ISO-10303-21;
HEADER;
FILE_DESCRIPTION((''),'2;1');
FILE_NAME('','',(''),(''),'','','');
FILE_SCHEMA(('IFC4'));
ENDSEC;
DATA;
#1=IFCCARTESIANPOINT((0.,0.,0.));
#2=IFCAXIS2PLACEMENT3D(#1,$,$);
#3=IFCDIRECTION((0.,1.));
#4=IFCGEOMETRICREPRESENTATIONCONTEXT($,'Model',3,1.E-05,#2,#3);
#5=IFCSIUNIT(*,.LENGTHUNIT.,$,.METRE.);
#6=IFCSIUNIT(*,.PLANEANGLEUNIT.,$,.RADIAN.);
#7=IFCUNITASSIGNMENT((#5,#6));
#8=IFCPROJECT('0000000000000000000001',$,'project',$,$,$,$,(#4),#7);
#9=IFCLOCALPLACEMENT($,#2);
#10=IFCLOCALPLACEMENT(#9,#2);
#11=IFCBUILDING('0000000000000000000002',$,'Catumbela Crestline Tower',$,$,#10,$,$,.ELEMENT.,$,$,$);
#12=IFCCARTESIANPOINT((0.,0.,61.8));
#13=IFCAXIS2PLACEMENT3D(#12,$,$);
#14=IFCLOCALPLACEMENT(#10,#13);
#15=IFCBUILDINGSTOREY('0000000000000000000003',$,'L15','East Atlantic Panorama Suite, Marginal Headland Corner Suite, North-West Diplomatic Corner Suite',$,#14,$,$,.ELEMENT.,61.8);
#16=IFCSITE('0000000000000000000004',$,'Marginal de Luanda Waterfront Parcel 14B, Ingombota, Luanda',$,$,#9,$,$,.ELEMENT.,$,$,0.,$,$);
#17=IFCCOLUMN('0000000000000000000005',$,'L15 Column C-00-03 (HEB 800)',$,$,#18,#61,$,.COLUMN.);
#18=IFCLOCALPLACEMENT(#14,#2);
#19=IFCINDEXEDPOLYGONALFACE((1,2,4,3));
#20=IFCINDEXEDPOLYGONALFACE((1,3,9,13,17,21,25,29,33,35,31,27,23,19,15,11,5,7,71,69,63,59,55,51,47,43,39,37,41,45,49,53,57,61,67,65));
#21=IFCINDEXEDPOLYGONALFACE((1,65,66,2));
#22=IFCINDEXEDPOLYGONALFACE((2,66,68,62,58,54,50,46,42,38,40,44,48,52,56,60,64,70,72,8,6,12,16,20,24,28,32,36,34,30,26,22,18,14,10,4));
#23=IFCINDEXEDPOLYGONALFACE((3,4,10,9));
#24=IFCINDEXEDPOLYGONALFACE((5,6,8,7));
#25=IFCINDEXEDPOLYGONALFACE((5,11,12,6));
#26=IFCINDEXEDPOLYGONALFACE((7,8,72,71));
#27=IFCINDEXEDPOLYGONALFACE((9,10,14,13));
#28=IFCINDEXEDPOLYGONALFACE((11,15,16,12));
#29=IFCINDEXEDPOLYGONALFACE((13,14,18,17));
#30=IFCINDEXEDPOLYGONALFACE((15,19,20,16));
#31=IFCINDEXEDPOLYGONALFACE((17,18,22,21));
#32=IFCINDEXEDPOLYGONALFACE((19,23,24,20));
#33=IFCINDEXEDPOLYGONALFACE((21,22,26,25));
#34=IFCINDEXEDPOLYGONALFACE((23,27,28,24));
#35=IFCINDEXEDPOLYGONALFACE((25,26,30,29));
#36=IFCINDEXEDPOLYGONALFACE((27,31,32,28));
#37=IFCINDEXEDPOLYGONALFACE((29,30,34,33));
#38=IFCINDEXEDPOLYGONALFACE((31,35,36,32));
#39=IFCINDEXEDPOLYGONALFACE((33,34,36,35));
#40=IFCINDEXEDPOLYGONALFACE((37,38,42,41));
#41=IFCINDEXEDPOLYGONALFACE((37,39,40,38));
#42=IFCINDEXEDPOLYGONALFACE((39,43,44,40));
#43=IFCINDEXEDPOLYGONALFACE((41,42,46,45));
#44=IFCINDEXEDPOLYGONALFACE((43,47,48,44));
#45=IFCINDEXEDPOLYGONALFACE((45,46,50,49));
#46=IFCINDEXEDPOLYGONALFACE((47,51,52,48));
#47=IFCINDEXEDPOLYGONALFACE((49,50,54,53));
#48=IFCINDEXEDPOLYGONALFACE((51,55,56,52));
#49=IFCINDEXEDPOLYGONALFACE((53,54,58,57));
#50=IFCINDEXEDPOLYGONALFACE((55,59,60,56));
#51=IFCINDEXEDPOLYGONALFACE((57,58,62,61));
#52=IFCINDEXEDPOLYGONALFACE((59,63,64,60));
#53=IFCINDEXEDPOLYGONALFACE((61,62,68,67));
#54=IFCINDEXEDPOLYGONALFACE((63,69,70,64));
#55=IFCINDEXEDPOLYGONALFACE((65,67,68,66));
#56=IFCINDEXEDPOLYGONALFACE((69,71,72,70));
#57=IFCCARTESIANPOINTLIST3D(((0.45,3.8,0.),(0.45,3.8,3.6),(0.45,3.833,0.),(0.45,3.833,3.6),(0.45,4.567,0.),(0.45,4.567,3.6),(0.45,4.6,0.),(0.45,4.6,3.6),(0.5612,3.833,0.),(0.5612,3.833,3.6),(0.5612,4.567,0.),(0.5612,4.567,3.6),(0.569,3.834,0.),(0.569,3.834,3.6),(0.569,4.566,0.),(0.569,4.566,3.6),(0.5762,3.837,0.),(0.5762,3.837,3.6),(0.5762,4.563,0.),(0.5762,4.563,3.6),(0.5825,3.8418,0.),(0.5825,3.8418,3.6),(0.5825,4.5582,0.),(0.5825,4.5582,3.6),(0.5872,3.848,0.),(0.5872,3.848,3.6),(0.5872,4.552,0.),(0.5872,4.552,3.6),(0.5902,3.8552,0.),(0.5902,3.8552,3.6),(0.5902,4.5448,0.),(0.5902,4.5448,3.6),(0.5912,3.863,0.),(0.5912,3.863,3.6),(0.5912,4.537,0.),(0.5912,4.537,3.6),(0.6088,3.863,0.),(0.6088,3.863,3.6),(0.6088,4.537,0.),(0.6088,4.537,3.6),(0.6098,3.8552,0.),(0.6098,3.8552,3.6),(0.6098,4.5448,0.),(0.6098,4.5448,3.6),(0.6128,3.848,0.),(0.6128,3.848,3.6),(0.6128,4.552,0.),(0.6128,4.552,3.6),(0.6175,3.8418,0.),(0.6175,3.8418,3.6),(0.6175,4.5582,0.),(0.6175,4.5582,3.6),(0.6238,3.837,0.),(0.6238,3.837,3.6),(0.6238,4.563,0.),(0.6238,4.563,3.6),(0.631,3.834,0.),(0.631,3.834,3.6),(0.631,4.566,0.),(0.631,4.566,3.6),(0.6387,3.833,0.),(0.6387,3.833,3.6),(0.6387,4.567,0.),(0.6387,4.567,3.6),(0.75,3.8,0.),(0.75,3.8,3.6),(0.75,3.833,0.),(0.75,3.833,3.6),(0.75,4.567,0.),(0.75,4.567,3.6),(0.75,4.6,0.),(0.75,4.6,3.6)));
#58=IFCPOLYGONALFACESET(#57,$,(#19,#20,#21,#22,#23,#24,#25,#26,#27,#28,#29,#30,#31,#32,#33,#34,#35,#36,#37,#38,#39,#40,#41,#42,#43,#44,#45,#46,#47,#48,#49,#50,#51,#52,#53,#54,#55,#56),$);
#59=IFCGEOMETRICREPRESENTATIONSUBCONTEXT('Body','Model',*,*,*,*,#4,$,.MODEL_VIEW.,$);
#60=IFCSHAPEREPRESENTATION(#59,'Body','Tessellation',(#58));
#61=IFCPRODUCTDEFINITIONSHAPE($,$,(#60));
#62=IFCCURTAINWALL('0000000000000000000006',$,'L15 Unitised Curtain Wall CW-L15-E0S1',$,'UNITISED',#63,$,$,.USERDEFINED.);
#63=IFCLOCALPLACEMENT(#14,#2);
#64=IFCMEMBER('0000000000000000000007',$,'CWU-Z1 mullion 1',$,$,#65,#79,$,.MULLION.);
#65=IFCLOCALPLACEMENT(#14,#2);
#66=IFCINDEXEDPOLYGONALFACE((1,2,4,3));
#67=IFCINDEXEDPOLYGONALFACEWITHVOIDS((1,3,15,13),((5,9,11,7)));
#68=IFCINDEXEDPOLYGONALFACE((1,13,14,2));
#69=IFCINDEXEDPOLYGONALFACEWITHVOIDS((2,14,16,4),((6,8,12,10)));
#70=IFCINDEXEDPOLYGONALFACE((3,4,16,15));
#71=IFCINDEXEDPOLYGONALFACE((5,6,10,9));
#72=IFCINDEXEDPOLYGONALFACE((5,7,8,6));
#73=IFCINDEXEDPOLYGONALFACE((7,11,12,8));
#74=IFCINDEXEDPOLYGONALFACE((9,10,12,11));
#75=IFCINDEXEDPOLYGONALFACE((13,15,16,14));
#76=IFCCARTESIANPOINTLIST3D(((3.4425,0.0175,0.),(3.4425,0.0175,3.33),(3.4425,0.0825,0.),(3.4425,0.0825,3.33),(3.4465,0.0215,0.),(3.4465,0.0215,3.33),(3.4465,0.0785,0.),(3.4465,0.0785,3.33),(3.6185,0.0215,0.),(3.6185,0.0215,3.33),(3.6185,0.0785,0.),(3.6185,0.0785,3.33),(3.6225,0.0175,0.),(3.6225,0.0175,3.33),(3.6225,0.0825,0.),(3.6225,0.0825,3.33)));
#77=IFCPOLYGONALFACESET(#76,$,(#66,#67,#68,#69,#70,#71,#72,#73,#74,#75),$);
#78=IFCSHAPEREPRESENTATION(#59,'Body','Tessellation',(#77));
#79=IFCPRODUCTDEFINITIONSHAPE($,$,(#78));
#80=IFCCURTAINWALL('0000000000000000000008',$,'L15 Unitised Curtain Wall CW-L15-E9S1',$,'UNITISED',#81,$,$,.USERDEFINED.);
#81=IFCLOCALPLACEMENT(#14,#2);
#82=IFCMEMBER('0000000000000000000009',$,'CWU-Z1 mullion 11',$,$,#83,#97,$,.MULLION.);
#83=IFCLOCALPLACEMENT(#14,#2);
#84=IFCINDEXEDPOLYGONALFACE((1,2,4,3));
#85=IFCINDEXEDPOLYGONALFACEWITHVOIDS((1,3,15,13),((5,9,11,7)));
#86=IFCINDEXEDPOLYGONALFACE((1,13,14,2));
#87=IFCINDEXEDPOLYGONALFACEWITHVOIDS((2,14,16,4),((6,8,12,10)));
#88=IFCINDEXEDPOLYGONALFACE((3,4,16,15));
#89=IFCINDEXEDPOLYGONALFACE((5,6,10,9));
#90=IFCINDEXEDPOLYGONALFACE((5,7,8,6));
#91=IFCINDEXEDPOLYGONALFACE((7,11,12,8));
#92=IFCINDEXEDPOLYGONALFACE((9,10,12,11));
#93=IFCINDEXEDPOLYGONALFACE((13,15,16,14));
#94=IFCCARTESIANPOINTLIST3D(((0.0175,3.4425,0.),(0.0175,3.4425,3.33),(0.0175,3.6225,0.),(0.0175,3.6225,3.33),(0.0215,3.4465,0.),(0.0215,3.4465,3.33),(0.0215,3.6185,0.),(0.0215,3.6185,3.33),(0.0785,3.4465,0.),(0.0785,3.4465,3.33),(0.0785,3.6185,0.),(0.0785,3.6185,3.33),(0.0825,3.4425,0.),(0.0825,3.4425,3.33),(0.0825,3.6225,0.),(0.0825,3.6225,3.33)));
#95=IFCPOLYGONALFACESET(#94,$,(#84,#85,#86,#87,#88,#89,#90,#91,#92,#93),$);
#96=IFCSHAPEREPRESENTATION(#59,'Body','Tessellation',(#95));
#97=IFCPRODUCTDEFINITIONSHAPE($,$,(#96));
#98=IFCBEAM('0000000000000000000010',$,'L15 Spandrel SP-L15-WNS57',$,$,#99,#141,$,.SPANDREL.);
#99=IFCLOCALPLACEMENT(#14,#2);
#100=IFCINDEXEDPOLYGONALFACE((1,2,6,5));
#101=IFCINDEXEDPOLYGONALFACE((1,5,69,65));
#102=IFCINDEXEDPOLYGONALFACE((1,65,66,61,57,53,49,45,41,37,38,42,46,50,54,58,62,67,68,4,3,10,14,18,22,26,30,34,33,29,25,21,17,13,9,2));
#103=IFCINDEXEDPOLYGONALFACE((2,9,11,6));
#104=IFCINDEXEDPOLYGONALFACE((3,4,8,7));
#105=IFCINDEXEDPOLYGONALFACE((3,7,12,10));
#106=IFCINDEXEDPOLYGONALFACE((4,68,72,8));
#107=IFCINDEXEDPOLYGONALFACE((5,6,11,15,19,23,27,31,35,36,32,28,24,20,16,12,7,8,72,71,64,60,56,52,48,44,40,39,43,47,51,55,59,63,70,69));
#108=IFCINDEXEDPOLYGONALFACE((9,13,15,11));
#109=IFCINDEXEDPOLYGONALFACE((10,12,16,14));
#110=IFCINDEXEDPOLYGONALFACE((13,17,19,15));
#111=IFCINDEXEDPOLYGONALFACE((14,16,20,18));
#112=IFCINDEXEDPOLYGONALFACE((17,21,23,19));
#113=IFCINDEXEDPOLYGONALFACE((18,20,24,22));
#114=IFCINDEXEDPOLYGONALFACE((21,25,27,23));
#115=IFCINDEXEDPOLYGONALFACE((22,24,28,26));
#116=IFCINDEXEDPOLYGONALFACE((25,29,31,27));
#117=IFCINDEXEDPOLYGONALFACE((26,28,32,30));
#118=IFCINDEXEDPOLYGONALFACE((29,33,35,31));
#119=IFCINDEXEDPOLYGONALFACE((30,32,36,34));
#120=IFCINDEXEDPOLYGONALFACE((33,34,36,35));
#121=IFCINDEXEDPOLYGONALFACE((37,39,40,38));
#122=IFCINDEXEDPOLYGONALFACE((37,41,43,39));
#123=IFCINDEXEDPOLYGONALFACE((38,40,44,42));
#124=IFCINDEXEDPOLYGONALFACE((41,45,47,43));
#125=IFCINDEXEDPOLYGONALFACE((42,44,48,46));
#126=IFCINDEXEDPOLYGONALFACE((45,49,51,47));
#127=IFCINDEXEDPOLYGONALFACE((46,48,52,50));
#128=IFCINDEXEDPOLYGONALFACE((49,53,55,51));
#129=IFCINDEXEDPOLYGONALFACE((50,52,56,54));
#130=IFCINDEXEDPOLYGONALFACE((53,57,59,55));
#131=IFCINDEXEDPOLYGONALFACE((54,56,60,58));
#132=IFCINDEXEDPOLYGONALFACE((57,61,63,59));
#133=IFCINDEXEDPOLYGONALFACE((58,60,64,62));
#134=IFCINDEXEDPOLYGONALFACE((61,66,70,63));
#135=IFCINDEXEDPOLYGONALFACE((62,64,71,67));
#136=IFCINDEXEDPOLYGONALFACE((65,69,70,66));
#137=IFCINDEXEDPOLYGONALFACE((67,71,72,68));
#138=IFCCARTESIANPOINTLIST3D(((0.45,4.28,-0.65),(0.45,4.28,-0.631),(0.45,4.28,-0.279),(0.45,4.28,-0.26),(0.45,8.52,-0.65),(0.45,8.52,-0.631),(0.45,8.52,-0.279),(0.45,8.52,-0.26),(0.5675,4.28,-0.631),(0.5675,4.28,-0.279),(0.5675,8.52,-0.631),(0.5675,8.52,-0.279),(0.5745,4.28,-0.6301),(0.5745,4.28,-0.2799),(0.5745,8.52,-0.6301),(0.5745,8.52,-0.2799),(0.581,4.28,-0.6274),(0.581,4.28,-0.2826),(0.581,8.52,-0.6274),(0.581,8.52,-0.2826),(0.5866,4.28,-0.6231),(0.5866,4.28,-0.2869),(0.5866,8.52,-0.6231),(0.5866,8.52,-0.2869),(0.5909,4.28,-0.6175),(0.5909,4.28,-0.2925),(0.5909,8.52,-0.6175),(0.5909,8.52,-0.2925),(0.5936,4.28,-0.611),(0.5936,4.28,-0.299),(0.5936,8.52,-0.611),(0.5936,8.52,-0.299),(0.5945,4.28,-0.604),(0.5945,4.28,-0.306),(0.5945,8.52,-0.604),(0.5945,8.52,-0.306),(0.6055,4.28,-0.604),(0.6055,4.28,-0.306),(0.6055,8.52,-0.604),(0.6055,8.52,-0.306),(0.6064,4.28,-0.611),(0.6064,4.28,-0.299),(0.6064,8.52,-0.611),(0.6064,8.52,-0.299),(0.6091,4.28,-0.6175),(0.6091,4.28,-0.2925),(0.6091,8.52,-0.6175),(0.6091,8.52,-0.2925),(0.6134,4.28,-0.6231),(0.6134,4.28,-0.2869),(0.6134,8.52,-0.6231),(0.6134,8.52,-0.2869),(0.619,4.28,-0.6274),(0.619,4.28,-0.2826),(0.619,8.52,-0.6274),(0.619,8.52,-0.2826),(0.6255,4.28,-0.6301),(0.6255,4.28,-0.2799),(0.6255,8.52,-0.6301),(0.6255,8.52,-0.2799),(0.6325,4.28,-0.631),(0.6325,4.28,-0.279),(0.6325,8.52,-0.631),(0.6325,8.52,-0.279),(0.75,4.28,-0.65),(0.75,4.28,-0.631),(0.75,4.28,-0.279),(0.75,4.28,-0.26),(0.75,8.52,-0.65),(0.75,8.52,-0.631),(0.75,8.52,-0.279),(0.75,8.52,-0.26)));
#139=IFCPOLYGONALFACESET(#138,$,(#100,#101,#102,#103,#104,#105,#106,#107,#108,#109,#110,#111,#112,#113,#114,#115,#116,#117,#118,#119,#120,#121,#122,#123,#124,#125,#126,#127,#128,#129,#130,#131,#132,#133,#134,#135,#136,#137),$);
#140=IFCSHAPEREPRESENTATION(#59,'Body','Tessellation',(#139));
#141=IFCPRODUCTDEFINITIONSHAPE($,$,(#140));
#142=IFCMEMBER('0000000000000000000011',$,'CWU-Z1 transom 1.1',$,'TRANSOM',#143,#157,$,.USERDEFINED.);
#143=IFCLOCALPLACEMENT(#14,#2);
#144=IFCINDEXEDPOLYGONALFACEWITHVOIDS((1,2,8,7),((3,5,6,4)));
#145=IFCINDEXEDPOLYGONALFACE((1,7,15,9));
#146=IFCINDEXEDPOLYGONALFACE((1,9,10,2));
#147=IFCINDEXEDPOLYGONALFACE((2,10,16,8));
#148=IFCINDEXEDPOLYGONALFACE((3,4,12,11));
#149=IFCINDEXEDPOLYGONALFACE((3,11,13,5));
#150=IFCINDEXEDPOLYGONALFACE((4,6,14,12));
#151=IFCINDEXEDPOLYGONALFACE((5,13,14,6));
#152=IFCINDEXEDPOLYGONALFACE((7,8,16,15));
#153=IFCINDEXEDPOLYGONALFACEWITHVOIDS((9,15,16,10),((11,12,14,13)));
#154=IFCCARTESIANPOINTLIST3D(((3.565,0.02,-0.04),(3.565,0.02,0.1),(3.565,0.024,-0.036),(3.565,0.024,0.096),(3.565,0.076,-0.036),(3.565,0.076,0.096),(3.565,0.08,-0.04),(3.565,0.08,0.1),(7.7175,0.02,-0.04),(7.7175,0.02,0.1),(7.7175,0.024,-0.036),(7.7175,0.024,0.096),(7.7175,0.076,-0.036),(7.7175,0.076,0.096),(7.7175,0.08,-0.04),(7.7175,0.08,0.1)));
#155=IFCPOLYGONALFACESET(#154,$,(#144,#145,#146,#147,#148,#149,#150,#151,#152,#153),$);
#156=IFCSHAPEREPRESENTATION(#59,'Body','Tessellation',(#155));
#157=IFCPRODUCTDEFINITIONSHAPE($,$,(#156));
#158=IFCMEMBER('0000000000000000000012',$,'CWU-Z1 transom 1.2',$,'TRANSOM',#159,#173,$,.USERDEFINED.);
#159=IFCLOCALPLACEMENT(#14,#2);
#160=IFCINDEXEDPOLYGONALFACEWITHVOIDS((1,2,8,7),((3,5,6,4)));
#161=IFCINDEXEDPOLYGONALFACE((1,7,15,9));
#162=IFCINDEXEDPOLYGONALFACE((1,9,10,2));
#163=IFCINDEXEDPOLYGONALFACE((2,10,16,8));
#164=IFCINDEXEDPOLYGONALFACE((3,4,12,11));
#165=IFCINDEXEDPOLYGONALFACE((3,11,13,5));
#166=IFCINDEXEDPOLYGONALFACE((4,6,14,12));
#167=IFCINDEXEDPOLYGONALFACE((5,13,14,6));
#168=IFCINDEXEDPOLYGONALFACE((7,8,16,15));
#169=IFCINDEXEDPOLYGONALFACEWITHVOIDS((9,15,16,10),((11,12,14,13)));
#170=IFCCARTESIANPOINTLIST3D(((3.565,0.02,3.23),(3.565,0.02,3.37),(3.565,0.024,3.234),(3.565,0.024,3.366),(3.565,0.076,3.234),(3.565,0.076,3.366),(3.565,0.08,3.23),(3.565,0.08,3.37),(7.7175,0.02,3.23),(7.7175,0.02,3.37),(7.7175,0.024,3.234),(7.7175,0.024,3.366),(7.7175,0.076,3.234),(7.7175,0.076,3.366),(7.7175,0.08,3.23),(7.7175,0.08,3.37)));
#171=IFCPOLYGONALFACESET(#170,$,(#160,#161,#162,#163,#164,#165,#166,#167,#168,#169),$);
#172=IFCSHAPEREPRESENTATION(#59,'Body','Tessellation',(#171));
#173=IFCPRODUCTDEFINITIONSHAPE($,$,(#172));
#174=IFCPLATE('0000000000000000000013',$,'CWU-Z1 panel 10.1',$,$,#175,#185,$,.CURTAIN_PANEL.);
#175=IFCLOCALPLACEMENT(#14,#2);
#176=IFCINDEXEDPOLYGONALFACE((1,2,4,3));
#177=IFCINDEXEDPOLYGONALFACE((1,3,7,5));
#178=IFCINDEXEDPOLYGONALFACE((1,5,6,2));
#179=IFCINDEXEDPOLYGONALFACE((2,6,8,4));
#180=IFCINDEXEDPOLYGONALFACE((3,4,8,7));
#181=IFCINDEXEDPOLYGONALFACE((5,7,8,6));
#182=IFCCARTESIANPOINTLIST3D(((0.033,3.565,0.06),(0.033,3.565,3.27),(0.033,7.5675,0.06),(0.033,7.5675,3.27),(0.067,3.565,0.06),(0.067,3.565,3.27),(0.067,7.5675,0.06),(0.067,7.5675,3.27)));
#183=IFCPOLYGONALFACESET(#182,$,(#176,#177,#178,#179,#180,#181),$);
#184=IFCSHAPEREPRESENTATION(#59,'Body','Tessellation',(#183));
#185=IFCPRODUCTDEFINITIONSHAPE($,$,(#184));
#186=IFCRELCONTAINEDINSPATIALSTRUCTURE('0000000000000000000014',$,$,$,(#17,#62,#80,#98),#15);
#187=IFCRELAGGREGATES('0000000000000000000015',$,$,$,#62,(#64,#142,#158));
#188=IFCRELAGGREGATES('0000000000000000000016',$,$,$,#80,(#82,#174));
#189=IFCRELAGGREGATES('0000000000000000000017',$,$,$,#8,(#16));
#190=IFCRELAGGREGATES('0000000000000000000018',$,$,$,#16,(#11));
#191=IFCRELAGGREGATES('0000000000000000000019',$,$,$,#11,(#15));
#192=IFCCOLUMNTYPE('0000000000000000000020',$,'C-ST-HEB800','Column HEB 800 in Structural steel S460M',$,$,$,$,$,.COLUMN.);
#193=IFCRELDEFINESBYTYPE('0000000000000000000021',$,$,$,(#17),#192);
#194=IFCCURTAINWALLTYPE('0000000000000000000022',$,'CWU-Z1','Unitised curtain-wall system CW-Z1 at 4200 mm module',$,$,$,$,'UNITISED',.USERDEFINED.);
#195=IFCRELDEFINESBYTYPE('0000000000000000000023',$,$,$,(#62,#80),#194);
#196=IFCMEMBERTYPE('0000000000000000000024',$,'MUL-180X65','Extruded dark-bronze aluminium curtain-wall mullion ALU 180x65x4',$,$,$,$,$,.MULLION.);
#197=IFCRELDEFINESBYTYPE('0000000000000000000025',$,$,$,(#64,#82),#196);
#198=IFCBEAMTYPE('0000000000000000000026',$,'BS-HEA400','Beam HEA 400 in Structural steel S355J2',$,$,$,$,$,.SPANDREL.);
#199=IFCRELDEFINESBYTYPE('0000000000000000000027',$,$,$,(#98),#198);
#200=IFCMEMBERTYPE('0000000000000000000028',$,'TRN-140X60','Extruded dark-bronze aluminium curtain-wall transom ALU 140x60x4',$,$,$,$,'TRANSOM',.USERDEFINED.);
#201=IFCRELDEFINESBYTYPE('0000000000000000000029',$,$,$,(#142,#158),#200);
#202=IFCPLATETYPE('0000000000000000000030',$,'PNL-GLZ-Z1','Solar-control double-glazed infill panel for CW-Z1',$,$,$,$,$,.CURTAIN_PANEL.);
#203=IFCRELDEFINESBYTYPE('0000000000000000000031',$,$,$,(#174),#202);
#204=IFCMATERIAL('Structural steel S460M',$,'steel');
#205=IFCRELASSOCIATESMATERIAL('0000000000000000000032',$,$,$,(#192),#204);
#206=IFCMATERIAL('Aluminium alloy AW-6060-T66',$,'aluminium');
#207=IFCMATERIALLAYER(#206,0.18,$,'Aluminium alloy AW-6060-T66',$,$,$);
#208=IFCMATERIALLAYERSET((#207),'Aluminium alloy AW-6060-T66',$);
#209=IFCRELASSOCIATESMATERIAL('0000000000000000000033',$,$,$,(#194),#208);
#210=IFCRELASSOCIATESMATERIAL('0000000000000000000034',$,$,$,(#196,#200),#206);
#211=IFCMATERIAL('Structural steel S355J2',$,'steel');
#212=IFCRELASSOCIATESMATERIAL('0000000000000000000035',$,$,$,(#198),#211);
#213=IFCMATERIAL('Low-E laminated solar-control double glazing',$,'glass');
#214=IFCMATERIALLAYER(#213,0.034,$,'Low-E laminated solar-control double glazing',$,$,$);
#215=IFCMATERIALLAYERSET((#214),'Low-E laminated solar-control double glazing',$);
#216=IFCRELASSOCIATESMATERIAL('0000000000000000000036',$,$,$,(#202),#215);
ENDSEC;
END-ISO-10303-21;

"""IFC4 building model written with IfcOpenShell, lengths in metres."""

from ifc_helpers import new_model, si_unit, direction, frame, origin, origin_2d, place, context, subcontext, project, spatial, rectangle, hollow_rectangle, i_section, extrude, material, layer, layer_set, material_profile, profile_set, type_object, element, aggregate, save


model = new_model("IFC4")

# Units and contexts
model_context = context("Model", 3, precision=1e-05, world=origin(), true_north=direction((0.0, 1.0)))
body_context = subcontext(model_context, "Body", "Model", "MODEL_VIEW")
ifc_project = project(units=[si_unit("LENGTHUNIT", "METRE"), si_unit("PLANEANGLEUNIT", "RADIAN")], contexts=[model_context])

# Site, building, storey
site_placement = place(None, origin())
site = spatial("IfcSite", under=ifc_project, at=site_placement, Name="Marginal de Luanda Waterfront Parcel 14B, Ingombota, Luanda", CompositionType="ELEMENT", RefElevation=0.0)
building_placement = place(site_placement, origin())
building = spatial("IfcBuilding", under=site, at=building_placement, Name="Catumbela Crestline Tower", CompositionType="ELEMENT")
storey_placement = place(building_placement, frame((0.0, 0.0, 61.8)))
storey = spatial("IfcBuildingStorey", under=building, at=storey_placement, Name="L15", Description="East Atlantic Panorama Suite, Marginal Headland Corner Suite, North-West Diplomatic Corner Suite", CompositionType="ELEMENT", Elevation=61.8)

# Column
ifc_material_1 = material(Name="Structural steel S460M", Category="steel")
ifc_material_profile_1 = material_profile(ifc_material_1, i_section(OverallWidth=0.3, OverallDepth=0.8, WebThickness=0.0175, FlangeThickness=0.033, FilletRadius=0.03, at=origin_2d()), Name="HEB 800")
ifc_profile_set_1 = profile_set([ifc_material_profile_1], Name="Structural steel S460M")
column_type = type_object("IfcColumnType", Name="C-ST-HEB800", Description="Column HEB 800 in Structural steel S460M", PredefinedType="COLUMN", material=ifc_profile_set_1)
column_placement = place(storey_placement, frame((0.6, 4.2, 0.0), z_axis=(0.0, 0.0, 1.0), x_axis=(1.0, 0.0, 0.0)))
element("IfcColumn", 1, at=column_placement, inside=storey, type_object=column_type, Name="L15 Column C-00-03 (HEB 800)", PredefinedType="COLUMN", context=body_context, shape_type="SweptSolid", body=[
    extrude(i_section(OverallWidth=0.3, OverallDepth=0.8, WebThickness=0.0175, FlangeThickness=0.033, FilletRadius=0.03, at=origin_2d()), origin(), (0.0, 0.0, 1.0), 3.6),
])

# Curtain walls, members
ifc_material_2 = material(Name="Aluminium alloy AW-6060-T66", Category="aluminium")
ifc_layer_1 = layer(ifc_material_2, 0.18, Name="Aluminium alloy AW-6060-T66")
ifc_layer_set_1 = layer_set([ifc_layer_1], Name="Aluminium alloy AW-6060-T66")
curtain_wall_type = type_object("IfcCurtainWallType", Name="CWU-Z1", Description="Unitised curtain-wall system CW-Z1 at 4200 mm module", ElementType="UNITISED", PredefinedType="USERDEFINED", material=ifc_layer_set_1)
curtain_wall_1_placement = place(storey_placement, origin())
curtain_wall_1 = element("IfcCurtainWall", 2, at=curtain_wall_1_placement, inside=storey, type_object=curtain_wall_type, Name="L15 Unitised Curtain Wall CW-L15-E0S1", ObjectType="UNITISED", PredefinedType="USERDEFINED")
ifc_material_profile_2 = material_profile(ifc_material_2, hollow_rectangle(XDim=0.065, YDim=0.18, WallThickness=0.004, at=origin_2d()), Name="ALU 180x65x4")
ifc_profile_set_2 = profile_set([ifc_material_profile_2], Name="Aluminium alloy AW-6060-T66")
member_type_1 = type_object("IfcMemberType", Name="MUL-180X65", Description="Extruded dark-bronze aluminium curtain-wall mullion ALU 180x65x4", PredefinedType="MULLION", material=ifc_profile_set_2)
member_1_placement = place(storey_placement, frame((3.5325, 0.05, 0.0), z_axis=(0.0, 0.0, 1.0), x_axis=(0.0, 1.0, 0.0)))
member_1 = element("IfcMember", 3, at=member_1_placement, type_object=member_type_1, Name="CWU-Z1 mullion 1", PredefinedType="MULLION", context=body_context, shape_type="SweptSolid", body=[
    extrude(hollow_rectangle(XDim=0.065, YDim=0.18, WallThickness=0.004, at=origin_2d()), origin(), (0.0, 0.0, 1.0), 3.33),
])
curtain_wall_2_placement = place(storey_placement, origin())
curtain_wall_2 = element("IfcCurtainWall", 4, at=curtain_wall_2_placement, inside=storey, type_object=curtain_wall_type, Name="L15 Unitised Curtain Wall CW-L15-E9S1", ObjectType="UNITISED", PredefinedType="USERDEFINED")
member_2_placement = place(storey_placement, frame((0.05, 3.5325, 0.0), z_axis=(0.0, 0.0, 1.0), x_axis=(1.0, 0.0, 0.0)))
member_2 = element("IfcMember", 5, at=member_2_placement, type_object=member_type_1, Name="CWU-Z1 mullion 11", PredefinedType="MULLION", context=body_context, shape_type="SweptSolid", body=[
    extrude(hollow_rectangle(XDim=0.065, YDim=0.18, WallThickness=0.004, at=origin_2d()), origin(), (0.0, 0.0, 1.0), 3.33),
])

# Beam
ifc_material_3 = material(Name="Structural steel S355J2", Category="steel")
ifc_material_profile_3 = material_profile(ifc_material_3, i_section(OverallWidth=0.3, OverallDepth=0.39, WebThickness=0.011, FlangeThickness=0.019, FilletRadius=0.027, at=origin_2d()), Name="HEA 400")
ifc_profile_set_3 = profile_set([ifc_material_profile_3], Name="Structural steel S355J2")
beam_type = type_object("IfcBeamType", Name="BS-HEA400", Description="Beam HEA 400 in Structural steel S355J2", PredefinedType="SPANDREL", material=ifc_profile_set_3)
beam_placement = place(storey_placement, frame((0.6, 4.28, -0.455), z_axis=(0.0, 1.0, 0.0), x_axis=(-1.0, 0.0, 0.0)))
element("IfcBeam", 6, at=beam_placement, inside=storey, type_object=beam_type, Name="L15 Spandrel SP-L15-WNS57", PredefinedType="SPANDREL", context=body_context, shape_type="SweptSolid", body=[
    extrude(i_section(OverallWidth=0.3, OverallDepth=0.39, WebThickness=0.011, FlangeThickness=0.019, FilletRadius=0.027, at=origin_2d()), origin(), (0.0, 0.0, 1.0), 4.24),
])

# Members
ifc_material_profile_4 = material_profile(ifc_material_2, hollow_rectangle(XDim=0.06, YDim=0.14, WallThickness=0.004, at=origin_2d()), Name="ALU 140x60x4")
ifc_profile_set_4 = profile_set([ifc_material_profile_4], Name="Aluminium alloy AW-6060-T66")
member_type_2 = type_object("IfcMemberType", Name="TRN-140X60", Description="Extruded dark-bronze aluminium curtain-wall transom ALU 140x60x4", ElementType="TRANSOM", PredefinedType="USERDEFINED", material=ifc_profile_set_4)
member_3_placement = place(storey_placement, frame((3.565, 0.05, 0.03), z_axis=(1.0, 0.0, 0.0), x_axis=(0.0, 1.0, 0.0)))
member_3 = element("IfcMember", 7, at=member_3_placement, type_object=member_type_2, Name="CWU-Z1 transom 1.1", ObjectType="TRANSOM", PredefinedType="USERDEFINED", context=body_context, shape_type="SweptSolid", body=[
    extrude(hollow_rectangle(XDim=0.06, YDim=0.14, WallThickness=0.004, at=origin_2d()), origin(), (0.0, 0.0, 1.0), 4.1525),
])
member_4_placement = place(storey_placement, frame((3.565, 0.05, 3.3), z_axis=(1.0, 0.0, 0.0), x_axis=(0.0, 1.0, 0.0)))
member_4 = element("IfcMember", 8, at=member_4_placement, type_object=member_type_2, Name="CWU-Z1 transom 1.2", ObjectType="TRANSOM", PredefinedType="USERDEFINED", context=body_context, shape_type="SweptSolid", body=[
    extrude(hollow_rectangle(XDim=0.06, YDim=0.14, WallThickness=0.004, at=origin_2d()), origin(), (0.0, 0.0, 1.0), 4.1525),
])
aggregate(curtain_wall_1, [member_1, member_3, member_4])

# Plate
ifc_material_4 = material(Name="Low-E laminated solar-control double glazing", Category="glass")
ifc_layer_2 = layer(ifc_material_4, 0.034, Name="Low-E laminated solar-control double glazing")
ifc_layer_set_2 = layer_set([ifc_layer_2], Name="Low-E laminated solar-control double glazing")
plate_type = type_object("IfcPlateType", Name="PNL-GLZ-Z1", Description="Solar-control double-glazed infill panel for CW-Z1", PredefinedType="CURTAIN_PANEL", material=ifc_layer_set_2)
plate_placement = place(storey_placement, frame((0.05, 5.5662, 0.06), z_axis=(0.0, 0.0, 1.0), x_axis=(0.0, -1.0, 0.0)))
plate = element("IfcPlate", 9, at=plate_placement, type_object=plate_type, Name="CWU-Z1 panel 10.1", PredefinedType="CURTAIN_PANEL", context=body_context, shape_type="SweptSolid", body=[
    extrude(rectangle(XDim=4.0025, YDim=0.034, at=origin_2d()), origin(), (0.0, 0.0, 1.0), 3.21),
])
aggregate(curtain_wall_2, [member_2, plate])

save(model, "model.ifc")
